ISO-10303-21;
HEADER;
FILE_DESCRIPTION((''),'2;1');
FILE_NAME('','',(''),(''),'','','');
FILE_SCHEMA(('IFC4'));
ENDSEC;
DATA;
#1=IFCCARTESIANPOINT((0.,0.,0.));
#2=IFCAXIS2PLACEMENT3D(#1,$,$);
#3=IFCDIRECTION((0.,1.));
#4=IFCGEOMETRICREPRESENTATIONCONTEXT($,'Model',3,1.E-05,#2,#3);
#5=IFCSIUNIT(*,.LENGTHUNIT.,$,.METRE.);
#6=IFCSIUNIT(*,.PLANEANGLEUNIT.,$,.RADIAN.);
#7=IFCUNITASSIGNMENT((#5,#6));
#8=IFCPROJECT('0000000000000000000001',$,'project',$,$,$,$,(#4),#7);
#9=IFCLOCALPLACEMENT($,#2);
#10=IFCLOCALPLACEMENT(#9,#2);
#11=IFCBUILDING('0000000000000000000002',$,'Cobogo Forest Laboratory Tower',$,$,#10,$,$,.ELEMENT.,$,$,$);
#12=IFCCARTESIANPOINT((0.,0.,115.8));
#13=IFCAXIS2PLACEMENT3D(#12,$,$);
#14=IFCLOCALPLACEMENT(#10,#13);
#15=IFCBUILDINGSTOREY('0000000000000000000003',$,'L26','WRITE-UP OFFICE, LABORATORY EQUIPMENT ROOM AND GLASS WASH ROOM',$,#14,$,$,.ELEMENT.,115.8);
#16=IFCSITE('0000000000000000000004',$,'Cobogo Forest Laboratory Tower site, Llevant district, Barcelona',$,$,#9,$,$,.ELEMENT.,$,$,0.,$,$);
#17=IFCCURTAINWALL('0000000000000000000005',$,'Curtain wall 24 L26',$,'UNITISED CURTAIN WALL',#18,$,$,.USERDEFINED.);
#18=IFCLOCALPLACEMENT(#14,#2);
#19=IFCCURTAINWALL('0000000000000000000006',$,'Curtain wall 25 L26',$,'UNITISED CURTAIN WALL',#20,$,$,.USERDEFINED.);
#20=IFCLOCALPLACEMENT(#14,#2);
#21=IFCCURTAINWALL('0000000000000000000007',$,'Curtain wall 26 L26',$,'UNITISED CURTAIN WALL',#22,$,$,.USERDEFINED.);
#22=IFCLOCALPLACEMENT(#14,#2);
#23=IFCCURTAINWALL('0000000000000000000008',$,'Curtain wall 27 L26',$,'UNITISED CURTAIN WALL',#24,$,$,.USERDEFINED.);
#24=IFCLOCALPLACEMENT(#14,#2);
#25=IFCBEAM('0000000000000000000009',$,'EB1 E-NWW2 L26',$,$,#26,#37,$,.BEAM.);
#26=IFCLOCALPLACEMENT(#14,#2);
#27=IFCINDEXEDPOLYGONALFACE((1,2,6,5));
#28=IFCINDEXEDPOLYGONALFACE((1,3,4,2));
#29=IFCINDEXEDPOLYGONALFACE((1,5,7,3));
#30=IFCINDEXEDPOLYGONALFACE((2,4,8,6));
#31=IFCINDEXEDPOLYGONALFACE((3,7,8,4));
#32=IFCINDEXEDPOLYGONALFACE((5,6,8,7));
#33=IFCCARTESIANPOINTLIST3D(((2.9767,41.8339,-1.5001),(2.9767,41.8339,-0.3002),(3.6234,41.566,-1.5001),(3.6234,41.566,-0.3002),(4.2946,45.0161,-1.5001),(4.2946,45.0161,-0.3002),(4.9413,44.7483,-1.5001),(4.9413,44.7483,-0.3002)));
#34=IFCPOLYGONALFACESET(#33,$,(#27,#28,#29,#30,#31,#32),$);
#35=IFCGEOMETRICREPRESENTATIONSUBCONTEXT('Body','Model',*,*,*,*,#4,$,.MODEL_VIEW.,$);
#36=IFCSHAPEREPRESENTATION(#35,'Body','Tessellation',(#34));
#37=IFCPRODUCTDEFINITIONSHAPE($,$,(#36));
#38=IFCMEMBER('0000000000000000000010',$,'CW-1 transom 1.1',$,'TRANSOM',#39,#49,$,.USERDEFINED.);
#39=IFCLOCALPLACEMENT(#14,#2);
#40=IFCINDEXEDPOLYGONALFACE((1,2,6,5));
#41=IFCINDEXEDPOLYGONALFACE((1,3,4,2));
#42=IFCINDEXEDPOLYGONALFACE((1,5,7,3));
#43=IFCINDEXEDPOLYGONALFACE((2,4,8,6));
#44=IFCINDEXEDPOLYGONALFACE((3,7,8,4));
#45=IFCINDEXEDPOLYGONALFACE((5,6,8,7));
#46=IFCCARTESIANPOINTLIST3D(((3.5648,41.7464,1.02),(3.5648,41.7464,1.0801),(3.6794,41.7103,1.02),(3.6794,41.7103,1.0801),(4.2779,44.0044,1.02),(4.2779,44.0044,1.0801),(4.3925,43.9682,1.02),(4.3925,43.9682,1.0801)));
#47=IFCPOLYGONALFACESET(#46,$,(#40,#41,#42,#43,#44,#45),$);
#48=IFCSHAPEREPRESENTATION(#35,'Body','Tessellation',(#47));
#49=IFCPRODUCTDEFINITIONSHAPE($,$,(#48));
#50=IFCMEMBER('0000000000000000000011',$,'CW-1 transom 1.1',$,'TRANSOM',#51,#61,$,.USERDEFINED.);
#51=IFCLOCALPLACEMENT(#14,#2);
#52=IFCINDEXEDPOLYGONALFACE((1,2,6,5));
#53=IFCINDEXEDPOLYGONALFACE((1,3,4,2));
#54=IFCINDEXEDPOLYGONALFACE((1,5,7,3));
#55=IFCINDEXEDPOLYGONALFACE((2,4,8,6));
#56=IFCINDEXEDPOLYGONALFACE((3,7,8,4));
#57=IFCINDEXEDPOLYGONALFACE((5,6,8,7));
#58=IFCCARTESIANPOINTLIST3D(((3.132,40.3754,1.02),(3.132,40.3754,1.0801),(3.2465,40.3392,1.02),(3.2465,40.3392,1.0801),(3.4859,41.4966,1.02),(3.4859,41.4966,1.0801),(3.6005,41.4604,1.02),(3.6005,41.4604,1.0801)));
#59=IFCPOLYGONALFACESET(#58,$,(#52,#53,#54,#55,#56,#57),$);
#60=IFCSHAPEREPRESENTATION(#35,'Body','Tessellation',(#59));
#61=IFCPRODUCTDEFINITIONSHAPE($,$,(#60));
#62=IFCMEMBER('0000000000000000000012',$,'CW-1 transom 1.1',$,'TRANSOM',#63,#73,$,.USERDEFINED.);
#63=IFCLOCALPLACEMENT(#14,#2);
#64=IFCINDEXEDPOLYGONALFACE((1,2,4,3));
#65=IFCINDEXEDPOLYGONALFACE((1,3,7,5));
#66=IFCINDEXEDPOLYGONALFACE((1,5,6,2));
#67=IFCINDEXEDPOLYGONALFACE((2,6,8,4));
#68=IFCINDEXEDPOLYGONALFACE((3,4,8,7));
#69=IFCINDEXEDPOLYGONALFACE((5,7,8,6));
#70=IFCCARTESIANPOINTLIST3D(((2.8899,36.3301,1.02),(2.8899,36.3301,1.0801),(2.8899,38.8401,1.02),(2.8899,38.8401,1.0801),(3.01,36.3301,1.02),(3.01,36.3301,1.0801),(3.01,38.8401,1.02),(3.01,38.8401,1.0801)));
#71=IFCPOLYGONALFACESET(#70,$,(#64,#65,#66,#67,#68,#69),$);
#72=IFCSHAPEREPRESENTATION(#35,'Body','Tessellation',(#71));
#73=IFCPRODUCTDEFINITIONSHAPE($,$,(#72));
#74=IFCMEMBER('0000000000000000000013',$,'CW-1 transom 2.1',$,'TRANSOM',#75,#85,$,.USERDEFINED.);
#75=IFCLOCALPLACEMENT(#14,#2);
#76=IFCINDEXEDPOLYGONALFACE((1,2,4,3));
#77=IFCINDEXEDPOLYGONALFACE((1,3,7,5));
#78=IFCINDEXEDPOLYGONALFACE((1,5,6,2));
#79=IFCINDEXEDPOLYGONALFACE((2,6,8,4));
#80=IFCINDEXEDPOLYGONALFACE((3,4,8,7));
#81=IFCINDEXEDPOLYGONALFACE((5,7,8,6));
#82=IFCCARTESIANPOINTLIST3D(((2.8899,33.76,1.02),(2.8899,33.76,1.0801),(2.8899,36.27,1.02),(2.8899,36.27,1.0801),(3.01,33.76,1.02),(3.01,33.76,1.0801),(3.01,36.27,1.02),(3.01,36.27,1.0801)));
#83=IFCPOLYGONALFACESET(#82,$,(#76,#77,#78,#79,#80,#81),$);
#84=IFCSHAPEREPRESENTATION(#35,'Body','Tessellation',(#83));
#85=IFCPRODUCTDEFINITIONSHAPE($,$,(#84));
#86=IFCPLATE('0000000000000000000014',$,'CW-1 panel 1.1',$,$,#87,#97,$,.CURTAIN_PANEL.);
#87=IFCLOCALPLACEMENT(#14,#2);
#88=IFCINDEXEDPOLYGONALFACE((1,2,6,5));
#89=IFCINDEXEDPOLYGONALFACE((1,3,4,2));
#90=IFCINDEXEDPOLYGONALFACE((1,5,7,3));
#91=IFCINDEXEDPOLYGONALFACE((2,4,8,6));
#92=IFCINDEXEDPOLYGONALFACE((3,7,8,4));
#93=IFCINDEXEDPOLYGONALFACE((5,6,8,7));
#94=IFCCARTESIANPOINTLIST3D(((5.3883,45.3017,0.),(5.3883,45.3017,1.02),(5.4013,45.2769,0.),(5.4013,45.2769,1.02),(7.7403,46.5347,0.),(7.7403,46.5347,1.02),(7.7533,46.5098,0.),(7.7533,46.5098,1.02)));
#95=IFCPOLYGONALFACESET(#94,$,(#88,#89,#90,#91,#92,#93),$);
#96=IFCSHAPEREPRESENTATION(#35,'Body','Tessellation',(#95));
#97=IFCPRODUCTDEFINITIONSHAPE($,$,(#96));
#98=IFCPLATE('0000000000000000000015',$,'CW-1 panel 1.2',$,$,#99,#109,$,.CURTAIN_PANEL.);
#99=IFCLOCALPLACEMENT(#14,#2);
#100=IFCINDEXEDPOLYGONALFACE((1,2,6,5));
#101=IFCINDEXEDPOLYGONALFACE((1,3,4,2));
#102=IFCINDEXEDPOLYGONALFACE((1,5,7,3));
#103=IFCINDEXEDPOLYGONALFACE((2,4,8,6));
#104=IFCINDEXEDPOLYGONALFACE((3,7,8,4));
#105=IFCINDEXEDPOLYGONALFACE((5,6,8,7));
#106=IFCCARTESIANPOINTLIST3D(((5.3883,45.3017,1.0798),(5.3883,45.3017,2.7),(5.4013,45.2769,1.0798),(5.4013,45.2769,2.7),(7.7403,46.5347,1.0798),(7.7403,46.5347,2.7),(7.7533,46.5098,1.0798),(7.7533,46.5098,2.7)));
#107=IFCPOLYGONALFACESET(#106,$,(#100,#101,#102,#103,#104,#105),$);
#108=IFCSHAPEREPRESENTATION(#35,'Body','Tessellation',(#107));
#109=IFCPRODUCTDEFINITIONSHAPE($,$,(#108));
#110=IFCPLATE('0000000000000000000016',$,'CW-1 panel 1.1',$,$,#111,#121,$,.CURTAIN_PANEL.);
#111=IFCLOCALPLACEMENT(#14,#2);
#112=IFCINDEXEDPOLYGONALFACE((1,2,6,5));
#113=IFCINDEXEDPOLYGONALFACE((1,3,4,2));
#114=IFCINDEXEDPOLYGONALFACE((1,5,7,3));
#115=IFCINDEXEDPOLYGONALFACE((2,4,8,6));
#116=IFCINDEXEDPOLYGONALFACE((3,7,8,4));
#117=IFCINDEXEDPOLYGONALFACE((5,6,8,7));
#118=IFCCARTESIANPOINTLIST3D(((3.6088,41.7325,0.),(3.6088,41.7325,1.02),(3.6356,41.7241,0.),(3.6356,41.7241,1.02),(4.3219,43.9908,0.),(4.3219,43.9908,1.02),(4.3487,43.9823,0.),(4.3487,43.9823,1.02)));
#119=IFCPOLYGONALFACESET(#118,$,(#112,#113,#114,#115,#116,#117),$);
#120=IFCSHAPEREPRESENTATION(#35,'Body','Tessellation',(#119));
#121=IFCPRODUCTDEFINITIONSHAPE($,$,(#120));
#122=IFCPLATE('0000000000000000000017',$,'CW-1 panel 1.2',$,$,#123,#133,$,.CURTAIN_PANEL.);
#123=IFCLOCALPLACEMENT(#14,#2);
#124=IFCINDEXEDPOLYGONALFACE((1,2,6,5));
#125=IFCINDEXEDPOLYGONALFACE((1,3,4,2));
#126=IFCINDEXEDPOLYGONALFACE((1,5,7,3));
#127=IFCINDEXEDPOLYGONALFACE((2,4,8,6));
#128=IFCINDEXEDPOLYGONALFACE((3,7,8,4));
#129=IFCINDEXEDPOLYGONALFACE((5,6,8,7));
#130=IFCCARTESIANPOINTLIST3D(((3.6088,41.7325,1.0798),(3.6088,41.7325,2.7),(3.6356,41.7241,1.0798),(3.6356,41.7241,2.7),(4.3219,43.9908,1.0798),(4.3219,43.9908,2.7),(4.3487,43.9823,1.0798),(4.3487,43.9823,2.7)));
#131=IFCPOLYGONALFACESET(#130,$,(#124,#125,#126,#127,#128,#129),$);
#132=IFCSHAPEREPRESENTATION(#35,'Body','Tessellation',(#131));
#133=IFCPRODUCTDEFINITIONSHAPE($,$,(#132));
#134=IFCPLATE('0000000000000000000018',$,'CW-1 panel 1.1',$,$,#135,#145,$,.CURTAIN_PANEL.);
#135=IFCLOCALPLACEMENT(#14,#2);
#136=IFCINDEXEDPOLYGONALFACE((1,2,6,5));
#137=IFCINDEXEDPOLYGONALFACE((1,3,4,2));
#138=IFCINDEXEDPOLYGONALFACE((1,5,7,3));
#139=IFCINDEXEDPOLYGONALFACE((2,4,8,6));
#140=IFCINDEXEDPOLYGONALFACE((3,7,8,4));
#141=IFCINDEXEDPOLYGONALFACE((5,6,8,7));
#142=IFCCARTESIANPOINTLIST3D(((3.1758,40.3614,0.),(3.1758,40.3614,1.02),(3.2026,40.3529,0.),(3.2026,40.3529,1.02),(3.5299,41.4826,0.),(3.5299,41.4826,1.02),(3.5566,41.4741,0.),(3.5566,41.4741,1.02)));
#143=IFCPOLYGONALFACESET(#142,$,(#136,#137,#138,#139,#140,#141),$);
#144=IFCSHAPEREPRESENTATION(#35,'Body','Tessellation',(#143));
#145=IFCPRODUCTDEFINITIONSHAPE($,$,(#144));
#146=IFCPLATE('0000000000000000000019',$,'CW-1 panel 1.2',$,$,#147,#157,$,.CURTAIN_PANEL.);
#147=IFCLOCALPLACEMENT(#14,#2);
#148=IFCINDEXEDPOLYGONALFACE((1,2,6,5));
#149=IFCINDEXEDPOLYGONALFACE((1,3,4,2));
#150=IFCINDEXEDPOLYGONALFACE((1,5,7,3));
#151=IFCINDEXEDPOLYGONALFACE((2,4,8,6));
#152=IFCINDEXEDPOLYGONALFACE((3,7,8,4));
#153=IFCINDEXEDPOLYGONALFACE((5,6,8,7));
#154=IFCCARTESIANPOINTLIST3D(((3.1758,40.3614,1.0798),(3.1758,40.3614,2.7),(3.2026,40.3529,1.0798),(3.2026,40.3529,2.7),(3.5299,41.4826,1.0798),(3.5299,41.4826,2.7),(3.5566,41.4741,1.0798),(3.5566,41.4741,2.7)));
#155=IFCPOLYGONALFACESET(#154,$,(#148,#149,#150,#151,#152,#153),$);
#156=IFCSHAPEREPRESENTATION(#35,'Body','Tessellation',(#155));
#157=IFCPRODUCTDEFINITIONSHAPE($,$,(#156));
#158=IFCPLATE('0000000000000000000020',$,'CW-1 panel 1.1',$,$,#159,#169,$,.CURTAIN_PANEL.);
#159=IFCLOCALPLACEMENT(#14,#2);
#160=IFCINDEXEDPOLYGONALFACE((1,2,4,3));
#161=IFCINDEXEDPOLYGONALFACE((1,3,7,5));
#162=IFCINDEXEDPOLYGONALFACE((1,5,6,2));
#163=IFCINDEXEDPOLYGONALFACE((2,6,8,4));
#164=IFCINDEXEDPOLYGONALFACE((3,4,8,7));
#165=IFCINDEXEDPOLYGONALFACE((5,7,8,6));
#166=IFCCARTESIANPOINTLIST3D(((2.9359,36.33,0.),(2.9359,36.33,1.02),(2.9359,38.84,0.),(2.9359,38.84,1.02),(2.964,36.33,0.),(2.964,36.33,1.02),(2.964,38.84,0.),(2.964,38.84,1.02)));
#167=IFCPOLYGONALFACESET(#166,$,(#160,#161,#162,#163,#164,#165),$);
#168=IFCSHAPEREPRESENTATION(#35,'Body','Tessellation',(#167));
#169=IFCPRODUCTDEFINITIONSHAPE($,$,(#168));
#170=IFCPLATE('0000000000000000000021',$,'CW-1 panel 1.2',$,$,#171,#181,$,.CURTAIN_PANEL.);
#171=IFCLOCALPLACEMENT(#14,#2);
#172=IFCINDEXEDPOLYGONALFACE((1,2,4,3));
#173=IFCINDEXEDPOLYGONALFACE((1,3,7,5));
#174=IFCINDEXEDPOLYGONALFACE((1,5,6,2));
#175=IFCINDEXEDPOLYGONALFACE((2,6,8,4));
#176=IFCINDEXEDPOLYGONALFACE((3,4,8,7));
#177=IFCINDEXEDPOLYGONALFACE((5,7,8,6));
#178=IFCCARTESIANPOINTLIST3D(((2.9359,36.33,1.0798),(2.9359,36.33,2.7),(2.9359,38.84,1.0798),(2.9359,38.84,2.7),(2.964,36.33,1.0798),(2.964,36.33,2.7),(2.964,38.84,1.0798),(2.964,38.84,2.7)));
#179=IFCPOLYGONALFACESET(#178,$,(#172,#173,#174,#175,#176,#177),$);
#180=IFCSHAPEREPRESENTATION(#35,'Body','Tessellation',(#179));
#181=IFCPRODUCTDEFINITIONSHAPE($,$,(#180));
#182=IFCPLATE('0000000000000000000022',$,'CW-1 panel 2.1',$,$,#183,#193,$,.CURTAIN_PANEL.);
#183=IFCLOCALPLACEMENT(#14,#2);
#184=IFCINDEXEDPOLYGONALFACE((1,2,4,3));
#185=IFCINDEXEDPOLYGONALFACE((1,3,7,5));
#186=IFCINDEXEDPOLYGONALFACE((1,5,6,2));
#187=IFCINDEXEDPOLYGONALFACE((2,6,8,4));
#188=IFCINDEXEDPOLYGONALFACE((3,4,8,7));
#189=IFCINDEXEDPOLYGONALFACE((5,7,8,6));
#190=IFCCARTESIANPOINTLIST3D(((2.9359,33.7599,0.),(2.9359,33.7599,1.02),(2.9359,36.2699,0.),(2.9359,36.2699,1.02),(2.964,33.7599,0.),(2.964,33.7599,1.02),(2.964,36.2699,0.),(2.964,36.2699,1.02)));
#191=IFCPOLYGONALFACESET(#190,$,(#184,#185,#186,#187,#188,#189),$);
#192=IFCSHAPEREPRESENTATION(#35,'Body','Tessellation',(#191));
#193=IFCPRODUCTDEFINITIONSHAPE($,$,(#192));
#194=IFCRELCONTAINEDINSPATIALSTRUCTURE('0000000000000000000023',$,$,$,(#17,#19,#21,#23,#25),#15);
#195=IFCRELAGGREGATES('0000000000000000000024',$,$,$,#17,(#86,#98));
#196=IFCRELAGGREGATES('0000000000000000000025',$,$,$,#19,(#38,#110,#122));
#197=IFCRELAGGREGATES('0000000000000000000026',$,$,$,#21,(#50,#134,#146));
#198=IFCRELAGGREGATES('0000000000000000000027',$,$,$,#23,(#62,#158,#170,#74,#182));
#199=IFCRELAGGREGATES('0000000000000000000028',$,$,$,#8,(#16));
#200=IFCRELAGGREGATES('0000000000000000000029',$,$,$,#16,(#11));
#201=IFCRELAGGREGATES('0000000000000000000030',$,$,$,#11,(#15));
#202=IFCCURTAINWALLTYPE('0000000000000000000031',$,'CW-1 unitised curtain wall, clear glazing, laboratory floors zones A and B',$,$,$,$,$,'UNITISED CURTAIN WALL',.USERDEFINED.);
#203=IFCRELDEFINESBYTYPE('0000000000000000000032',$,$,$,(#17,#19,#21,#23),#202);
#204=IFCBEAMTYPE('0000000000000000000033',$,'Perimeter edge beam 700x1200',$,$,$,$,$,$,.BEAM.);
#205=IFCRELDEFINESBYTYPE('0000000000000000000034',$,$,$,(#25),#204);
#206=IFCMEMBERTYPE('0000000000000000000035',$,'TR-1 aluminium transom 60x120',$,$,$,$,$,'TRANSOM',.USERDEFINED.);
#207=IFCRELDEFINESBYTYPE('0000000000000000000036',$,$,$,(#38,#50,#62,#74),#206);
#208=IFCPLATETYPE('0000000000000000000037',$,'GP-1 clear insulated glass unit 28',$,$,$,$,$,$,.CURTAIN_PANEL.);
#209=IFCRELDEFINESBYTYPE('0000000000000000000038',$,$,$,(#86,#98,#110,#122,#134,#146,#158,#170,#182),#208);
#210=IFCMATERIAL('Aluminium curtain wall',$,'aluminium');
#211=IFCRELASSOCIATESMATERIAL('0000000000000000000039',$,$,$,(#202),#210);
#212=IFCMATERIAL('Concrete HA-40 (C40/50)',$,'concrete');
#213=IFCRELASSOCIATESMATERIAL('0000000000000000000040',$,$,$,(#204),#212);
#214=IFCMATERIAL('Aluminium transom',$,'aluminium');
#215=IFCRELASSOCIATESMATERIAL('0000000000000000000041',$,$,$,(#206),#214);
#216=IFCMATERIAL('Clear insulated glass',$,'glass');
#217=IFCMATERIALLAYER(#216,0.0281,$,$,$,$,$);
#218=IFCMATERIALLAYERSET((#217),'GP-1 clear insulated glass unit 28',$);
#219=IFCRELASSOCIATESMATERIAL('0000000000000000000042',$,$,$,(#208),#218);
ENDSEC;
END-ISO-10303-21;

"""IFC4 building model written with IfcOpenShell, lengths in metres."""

from ifc_helpers import new_model, si_unit, direction, frame, origin, origin_2d, place, context, subcontext, project, spatial, rectangle, extrude, material, layer, layer_set, material_profile, profile_set, type_object, element, aggregate, save


model = new_model("IFC4")

# Units and contexts
model_context = context("Model", 3, precision=1e-05, world=origin(), true_north=direction((0.0, 1.0)))
body_context = subcontext(model_context, "Body", "Model", "MODEL_VIEW")
ifc_project = project(units=[si_unit("LENGTHUNIT", "METRE"), si_unit("PLANEANGLEUNIT", "RADIAN")], contexts=[model_context])

# Site, building, storey
site_placement = place(None, origin())
site = spatial("IfcSite", under=ifc_project, at=site_placement, Name="Cobogo Forest Laboratory Tower site, Llevant district, Barcelona", CompositionType="ELEMENT", RefElevation=0.0)
building_placement = place(site_placement, origin())
building = spatial("IfcBuilding", under=site, at=building_placement, Name="Cobogo Forest Laboratory Tower", CompositionType="ELEMENT")
storey_placement = place(building_placement, frame((0.0, 0.0, 115.8)))
storey = spatial("IfcBuildingStorey", under=building, at=storey_placement, Name="L26", Description="WRITE-UP OFFICE, LABORATORY EQUIPMENT ROOM AND GLASS WASH ROOM", CompositionType="ELEMENT", Elevation=115.8)

# Shared definitions
ifc_material_1 = material(Name="Concrete HA-40 (C40/50)", Category="concrete")

# Curtain wall
ifc_material_2 = material(Name="Aluminium curtain wall", Category="aluminium")
curtain_wall_type = type_object("IfcCurtainWallType", Name="CW-1 unitised curtain wall, clear glazing, laboratory floors zones A and B", ElementType="UNITISED CURTAIN WALL", PredefinedType="USERDEFINED", material=ifc_material_2)
curtain_wall_1_placement = place(storey_placement, origin())
curtain_wall_1 = element("IfcCurtainWall", 1, at=curtain_wall_1_placement, inside=storey, type_object=curtain_wall_type, Name="Curtain wall 24 L26", ObjectType="UNITISED CURTAIN WALL", PredefinedType="USERDEFINED")

# Curtain walls
curtain_wall_2_placement = place(storey_placement, origin())
curtain_wall_2 = element("IfcCurtainWall", 2, at=curtain_wall_2_placement, inside=storey, type_object=curtain_wall_type, Name="Curtain wall 25 L26", ObjectType="UNITISED CURTAIN WALL", PredefinedType="USERDEFINED")
curtain_wall_3_placement = place(storey_placement, origin())
curtain_wall_3 = element("IfcCurtainWall", 3, at=curtain_wall_3_placement, inside=storey, type_object=curtain_wall_type, Name="Curtain wall 26 L26", ObjectType="UNITISED CURTAIN WALL", PredefinedType="USERDEFINED")
curtain_wall_4_placement = place(storey_placement, origin())
curtain_wall_4 = element("IfcCurtainWall", 4, at=curtain_wall_4_placement, inside=storey, type_object=curtain_wall_type, Name="Curtain wall 27 L26", ObjectType="UNITISED CURTAIN WALL", PredefinedType="USERDEFINED")

# Beam
ifc_material_profile_1 = material_profile(ifc_material_1, rectangle(XDim=0.7, YDim=1.2, at=origin_2d()), Name="RC 700x1200")
ifc_profile_set_1 = profile_set([ifc_material_profile_1], Name="Concrete HA-40 (C40/50)")
beam_type_1 = type_object("IfcBeamType", Name="Perimeter edge beam 700x1200", PredefinedType="BEAM", material=ifc_profile_set_1)
beam_1_placement = place(storey_placement, frame((3.3, 41.7, -0.9001), z_axis=(0.382631, 0.923901, 0.0), x_axis=(-0.923901, 0.382631, 0.0)))
element("IfcBeam", 5, at=beam_1_placement, inside=storey, type_object=beam_type_1, Name="EB1 E-NWW2 L26", PredefinedType="BEAM", context=body_context, shape_type="SweptSolid", body=[
    extrude(rectangle(XDim=0.7, YDim=1.2, at=origin_2d()), origin(), (0.0, 0.0, 1.0), 3.4443),
])

# Members
ifc_material_3 = material(Name="Aluminium transom", Category="aluminium")
ifc_material_profile_2 = material_profile(ifc_material_3, rectangle(XDim=0.1201, YDim=0.0601, at=origin_2d()), Name="AL 60x120")
ifc_profile_set_2 = profile_set([ifc_material_profile_2], Name="Aluminium transom")
member_type_1 = type_object("IfcMemberType", Name="TR-1 aluminium transom 60x120", ElementType="TRANSOM", PredefinedType="USERDEFINED", material=ifc_profile_set_2)
member_1_placement = place(storey_placement, frame((4.3352, 43.9863, 1.05), z_axis=(-0.301156, -0.953575, 0.0), x_axis=(0.953575, -0.301156, 0.0)))
member_1 = element("IfcMember", 6, at=member_1_placement, type_object=member_type_1, Name="CW-1 transom 1.1", ObjectType="TRANSOM", PredefinedType="USERDEFINED", context=body_context, shape_type="SweptSolid", body=[
    extrude(rectangle(XDim=0.1201, YDim=0.0601, at=origin_2d()), origin(), (0.0, 0.0, 1.0), 2.3679),
])
member_2_placement = place(storey_placement, frame((3.5432, 41.4785, 1.05), z_axis=(-0.301052, -0.953608, 0.0), x_axis=(0.953608, -0.301052, 0.0)))
member_2 = element("IfcMember", 7, at=member_2_placement, type_object=member_type_1, Name="CW-1 transom 1.1", ObjectType="TRANSOM", PredefinedType="USERDEFINED", context=body_context, shape_type="SweptSolid", body=[
    extrude(rectangle(XDim=0.1201, YDim=0.0601, at=origin_2d()), origin(), (0.0, 0.0, 1.0), 1.1758),
])
member_3_placement = place(storey_placement, frame((2.95, 38.8401, 1.05), z_axis=(0.0, -1.0, 0.0), x_axis=(1.0, 0.0, 0.0)))
member_3 = element("IfcMember", 8, at=member_3_placement, type_object=member_type_1, Name="CW-1 transom 1.1", ObjectType="TRANSOM", PredefinedType="USERDEFINED", context=body_context, shape_type="SweptSolid", body=[
    extrude(rectangle(XDim=0.1201, YDim=0.0601, at=origin_2d()), origin(), (0.0, 0.0, 1.0), 2.51),
])
member_4_placement = place(storey_placement, frame((2.95, 36.27, 1.05), z_axis=(0.0, -1.0, 0.0), x_axis=(1.0, 0.0, 0.0)))
member_4 = element("IfcMember", 9, at=member_4_placement, type_object=member_type_1, Name="CW-1 transom 2.1", ObjectType="TRANSOM", PredefinedType="USERDEFINED", context=body_context, shape_type="SweptSolid", body=[
    extrude(rectangle(XDim=0.1201, YDim=0.0601, at=origin_2d()), origin(), (0.0, 0.0, 1.0), 2.51),
])

# Plates
ifc_material_4 = material(Name="Clear insulated glass", Category="glass")
ifc_layer_1 = layer(ifc_material_4, 0.0281)
ifc_layer_set_1 = layer_set([ifc_layer_1], Name="GP-1 clear insulated glass unit 28")
plate_type_1 = type_object("IfcPlateType", Name="GP-1 clear insulated glass unit 28", PredefinedType="CURTAIN_PANEL", material=ifc_layer_set_1)
plate_1_placement = place(storey_placement, frame((6.5708, 45.9058, 0.0), z_axis=(0.0, 0.0, 1.0), x_axis=(-0.885687, -0.464284, 0.0)))
plate_1 = element("IfcPlate", 10, at=plate_1_placement, type_object=plate_type_1, Name="CW-1 panel 1.1", PredefinedType="CURTAIN_PANEL", context=body_context, shape_type="SweptSolid", body=[
    extrude(rectangle(XDim=2.6555, YDim=0.0281, at=origin_2d()), origin(), (0.0, 0.0, 1.0), 1.02),
])
plate_2_placement = place(storey_placement, frame((6.5708, 45.9058, 1.0798), z_axis=(0.0, 0.0, 1.0), x_axis=(-0.885687, -0.464284, 0.0)))
plate_2 = element("IfcPlate", 11, at=plate_2_placement, type_object=plate_type_1, Name="CW-1 panel 1.2", PredefinedType="CURTAIN_PANEL", context=body_context, shape_type="SweptSolid", body=[
    extrude(rectangle(XDim=2.6555, YDim=0.0281, at=origin_2d()), origin(), (0.0, 0.0, 1.0), 1.6201),
])
aggregate(curtain_wall_1, [plate_1, plate_2])
plate_3_placement = place(storey_placement, frame((3.9788, 42.8574, 0.0), z_axis=(0.0, 0.0, 1.0), x_axis=(-0.301135, -0.953581, 0.0)))
plate_3 = element("IfcPlate", 12, at=plate_3_placement, type_object=plate_type_1, Name="CW-1 panel 1.1", PredefinedType="CURTAIN_PANEL", context=body_context, shape_type="SweptSolid", body=[
    extrude(rectangle(XDim=2.3682, YDim=0.0281, at=origin_2d()), origin(), (0.0, 0.0, 1.0), 1.02),
])
plate_4_placement = place(storey_placement, frame((3.9788, 42.8574, 1.0798), z_axis=(0.0, 0.0, 1.0), x_axis=(-0.301135, -0.953581, 0.0)))
plate_4 = element("IfcPlate", 13, at=plate_4_placement, type_object=plate_type_1, Name="CW-1 panel 1.2", PredefinedType="CURTAIN_PANEL", context=body_context, shape_type="SweptSolid", body=[
    extrude(rectangle(XDim=2.3682, YDim=0.0281, at=origin_2d()), origin(), (0.0, 0.0, 1.0), 1.6201),
])
aggregate(curtain_wall_2, [member_1, plate_3, plate_4])
plate_5_placement = place(storey_placement, frame((3.3662, 40.9177, 0.0), z_axis=(0.0, 0.0, 1.0), x_axis=(-0.301135, -0.953581, 0.0)))
plate_5 = element("IfcPlate", 14, at=plate_5_placement, type_object=plate_type_1, Name="CW-1 panel 1.1", PredefinedType="CURTAIN_PANEL", context=body_context, shape_type="SweptSolid", body=[
    extrude(rectangle(XDim=1.1758, YDim=0.0281, at=origin_2d()), origin(), (0.0, 0.0, 1.0), 1.02),
])
plate_6_placement = place(storey_placement, frame((3.3662, 40.9177, 1.0798), z_axis=(0.0, 0.0, 1.0), x_axis=(-0.301135, -0.953581, 0.0)))
plate_6 = element("IfcPlate", 15, at=plate_6_placement, type_object=plate_type_1, Name="CW-1 panel 1.2", PredefinedType="CURTAIN_PANEL", context=body_context, shape_type="SweptSolid", body=[
    extrude(rectangle(XDim=1.1758, YDim=0.0281, at=origin_2d()), origin(), (0.0, 0.0, 1.0), 1.6201),
])
aggregate(curtain_wall_3, [member_2, plate_5, plate_6])
plate_7_placement = place(storey_placement, frame((2.95, 37.585, 0.0), z_axis=(0.0, 0.0, 1.0), x_axis=(0.0, -1.0, 0.0)))
plate_7 = element("IfcPlate", 16, at=plate_7_placement, type_object=plate_type_1, Name="CW-1 panel 1.1", PredefinedType="CURTAIN_PANEL", context=body_context, shape_type="SweptSolid", body=[
    extrude(rectangle(XDim=2.51, YDim=0.0281, at=origin_2d()), origin(), (0.0, 0.0, 1.0), 1.02),
])
plate_8_placement = place(storey_placement, frame((2.95, 37.585, 1.0798), z_axis=(0.0, 0.0, 1.0), x_axis=(0.0, -1.0, 0.0)))
plate_8 = element("IfcPlate", 17, at=plate_8_placement, type_object=plate_type_1, Name="CW-1 panel 1.2", PredefinedType="CURTAIN_PANEL", context=body_context, shape_type="SweptSolid", body=[
    extrude(rectangle(XDim=2.51, YDim=0.0281, at=origin_2d()), origin(), (0.0, 0.0, 1.0), 1.6201),
])
plate_9_placement = place(storey_placement, frame((2.95, 35.0149, 0.0), z_axis=(0.0, 0.0, 1.0), x_axis=(0.0, -1.0, 0.0)))
plate_9 = element("IfcPlate", 18, at=plate_9_placement, type_object=plate_type_1, Name="CW-1 panel 2.1", PredefinedType="CURTAIN_PANEL", context=body_context, shape_type="SweptSolid", body=[
    extrude(rectangle(XDim=2.51, YDim=0.0281, at=origin_2d()), origin(), (0.0, 0.0, 1.0), 1.02),
])
aggregate(curtain_wall_4, [member_3, plate_7, plate_8, member_4, plate_9])

save(model, "model.ifc")
